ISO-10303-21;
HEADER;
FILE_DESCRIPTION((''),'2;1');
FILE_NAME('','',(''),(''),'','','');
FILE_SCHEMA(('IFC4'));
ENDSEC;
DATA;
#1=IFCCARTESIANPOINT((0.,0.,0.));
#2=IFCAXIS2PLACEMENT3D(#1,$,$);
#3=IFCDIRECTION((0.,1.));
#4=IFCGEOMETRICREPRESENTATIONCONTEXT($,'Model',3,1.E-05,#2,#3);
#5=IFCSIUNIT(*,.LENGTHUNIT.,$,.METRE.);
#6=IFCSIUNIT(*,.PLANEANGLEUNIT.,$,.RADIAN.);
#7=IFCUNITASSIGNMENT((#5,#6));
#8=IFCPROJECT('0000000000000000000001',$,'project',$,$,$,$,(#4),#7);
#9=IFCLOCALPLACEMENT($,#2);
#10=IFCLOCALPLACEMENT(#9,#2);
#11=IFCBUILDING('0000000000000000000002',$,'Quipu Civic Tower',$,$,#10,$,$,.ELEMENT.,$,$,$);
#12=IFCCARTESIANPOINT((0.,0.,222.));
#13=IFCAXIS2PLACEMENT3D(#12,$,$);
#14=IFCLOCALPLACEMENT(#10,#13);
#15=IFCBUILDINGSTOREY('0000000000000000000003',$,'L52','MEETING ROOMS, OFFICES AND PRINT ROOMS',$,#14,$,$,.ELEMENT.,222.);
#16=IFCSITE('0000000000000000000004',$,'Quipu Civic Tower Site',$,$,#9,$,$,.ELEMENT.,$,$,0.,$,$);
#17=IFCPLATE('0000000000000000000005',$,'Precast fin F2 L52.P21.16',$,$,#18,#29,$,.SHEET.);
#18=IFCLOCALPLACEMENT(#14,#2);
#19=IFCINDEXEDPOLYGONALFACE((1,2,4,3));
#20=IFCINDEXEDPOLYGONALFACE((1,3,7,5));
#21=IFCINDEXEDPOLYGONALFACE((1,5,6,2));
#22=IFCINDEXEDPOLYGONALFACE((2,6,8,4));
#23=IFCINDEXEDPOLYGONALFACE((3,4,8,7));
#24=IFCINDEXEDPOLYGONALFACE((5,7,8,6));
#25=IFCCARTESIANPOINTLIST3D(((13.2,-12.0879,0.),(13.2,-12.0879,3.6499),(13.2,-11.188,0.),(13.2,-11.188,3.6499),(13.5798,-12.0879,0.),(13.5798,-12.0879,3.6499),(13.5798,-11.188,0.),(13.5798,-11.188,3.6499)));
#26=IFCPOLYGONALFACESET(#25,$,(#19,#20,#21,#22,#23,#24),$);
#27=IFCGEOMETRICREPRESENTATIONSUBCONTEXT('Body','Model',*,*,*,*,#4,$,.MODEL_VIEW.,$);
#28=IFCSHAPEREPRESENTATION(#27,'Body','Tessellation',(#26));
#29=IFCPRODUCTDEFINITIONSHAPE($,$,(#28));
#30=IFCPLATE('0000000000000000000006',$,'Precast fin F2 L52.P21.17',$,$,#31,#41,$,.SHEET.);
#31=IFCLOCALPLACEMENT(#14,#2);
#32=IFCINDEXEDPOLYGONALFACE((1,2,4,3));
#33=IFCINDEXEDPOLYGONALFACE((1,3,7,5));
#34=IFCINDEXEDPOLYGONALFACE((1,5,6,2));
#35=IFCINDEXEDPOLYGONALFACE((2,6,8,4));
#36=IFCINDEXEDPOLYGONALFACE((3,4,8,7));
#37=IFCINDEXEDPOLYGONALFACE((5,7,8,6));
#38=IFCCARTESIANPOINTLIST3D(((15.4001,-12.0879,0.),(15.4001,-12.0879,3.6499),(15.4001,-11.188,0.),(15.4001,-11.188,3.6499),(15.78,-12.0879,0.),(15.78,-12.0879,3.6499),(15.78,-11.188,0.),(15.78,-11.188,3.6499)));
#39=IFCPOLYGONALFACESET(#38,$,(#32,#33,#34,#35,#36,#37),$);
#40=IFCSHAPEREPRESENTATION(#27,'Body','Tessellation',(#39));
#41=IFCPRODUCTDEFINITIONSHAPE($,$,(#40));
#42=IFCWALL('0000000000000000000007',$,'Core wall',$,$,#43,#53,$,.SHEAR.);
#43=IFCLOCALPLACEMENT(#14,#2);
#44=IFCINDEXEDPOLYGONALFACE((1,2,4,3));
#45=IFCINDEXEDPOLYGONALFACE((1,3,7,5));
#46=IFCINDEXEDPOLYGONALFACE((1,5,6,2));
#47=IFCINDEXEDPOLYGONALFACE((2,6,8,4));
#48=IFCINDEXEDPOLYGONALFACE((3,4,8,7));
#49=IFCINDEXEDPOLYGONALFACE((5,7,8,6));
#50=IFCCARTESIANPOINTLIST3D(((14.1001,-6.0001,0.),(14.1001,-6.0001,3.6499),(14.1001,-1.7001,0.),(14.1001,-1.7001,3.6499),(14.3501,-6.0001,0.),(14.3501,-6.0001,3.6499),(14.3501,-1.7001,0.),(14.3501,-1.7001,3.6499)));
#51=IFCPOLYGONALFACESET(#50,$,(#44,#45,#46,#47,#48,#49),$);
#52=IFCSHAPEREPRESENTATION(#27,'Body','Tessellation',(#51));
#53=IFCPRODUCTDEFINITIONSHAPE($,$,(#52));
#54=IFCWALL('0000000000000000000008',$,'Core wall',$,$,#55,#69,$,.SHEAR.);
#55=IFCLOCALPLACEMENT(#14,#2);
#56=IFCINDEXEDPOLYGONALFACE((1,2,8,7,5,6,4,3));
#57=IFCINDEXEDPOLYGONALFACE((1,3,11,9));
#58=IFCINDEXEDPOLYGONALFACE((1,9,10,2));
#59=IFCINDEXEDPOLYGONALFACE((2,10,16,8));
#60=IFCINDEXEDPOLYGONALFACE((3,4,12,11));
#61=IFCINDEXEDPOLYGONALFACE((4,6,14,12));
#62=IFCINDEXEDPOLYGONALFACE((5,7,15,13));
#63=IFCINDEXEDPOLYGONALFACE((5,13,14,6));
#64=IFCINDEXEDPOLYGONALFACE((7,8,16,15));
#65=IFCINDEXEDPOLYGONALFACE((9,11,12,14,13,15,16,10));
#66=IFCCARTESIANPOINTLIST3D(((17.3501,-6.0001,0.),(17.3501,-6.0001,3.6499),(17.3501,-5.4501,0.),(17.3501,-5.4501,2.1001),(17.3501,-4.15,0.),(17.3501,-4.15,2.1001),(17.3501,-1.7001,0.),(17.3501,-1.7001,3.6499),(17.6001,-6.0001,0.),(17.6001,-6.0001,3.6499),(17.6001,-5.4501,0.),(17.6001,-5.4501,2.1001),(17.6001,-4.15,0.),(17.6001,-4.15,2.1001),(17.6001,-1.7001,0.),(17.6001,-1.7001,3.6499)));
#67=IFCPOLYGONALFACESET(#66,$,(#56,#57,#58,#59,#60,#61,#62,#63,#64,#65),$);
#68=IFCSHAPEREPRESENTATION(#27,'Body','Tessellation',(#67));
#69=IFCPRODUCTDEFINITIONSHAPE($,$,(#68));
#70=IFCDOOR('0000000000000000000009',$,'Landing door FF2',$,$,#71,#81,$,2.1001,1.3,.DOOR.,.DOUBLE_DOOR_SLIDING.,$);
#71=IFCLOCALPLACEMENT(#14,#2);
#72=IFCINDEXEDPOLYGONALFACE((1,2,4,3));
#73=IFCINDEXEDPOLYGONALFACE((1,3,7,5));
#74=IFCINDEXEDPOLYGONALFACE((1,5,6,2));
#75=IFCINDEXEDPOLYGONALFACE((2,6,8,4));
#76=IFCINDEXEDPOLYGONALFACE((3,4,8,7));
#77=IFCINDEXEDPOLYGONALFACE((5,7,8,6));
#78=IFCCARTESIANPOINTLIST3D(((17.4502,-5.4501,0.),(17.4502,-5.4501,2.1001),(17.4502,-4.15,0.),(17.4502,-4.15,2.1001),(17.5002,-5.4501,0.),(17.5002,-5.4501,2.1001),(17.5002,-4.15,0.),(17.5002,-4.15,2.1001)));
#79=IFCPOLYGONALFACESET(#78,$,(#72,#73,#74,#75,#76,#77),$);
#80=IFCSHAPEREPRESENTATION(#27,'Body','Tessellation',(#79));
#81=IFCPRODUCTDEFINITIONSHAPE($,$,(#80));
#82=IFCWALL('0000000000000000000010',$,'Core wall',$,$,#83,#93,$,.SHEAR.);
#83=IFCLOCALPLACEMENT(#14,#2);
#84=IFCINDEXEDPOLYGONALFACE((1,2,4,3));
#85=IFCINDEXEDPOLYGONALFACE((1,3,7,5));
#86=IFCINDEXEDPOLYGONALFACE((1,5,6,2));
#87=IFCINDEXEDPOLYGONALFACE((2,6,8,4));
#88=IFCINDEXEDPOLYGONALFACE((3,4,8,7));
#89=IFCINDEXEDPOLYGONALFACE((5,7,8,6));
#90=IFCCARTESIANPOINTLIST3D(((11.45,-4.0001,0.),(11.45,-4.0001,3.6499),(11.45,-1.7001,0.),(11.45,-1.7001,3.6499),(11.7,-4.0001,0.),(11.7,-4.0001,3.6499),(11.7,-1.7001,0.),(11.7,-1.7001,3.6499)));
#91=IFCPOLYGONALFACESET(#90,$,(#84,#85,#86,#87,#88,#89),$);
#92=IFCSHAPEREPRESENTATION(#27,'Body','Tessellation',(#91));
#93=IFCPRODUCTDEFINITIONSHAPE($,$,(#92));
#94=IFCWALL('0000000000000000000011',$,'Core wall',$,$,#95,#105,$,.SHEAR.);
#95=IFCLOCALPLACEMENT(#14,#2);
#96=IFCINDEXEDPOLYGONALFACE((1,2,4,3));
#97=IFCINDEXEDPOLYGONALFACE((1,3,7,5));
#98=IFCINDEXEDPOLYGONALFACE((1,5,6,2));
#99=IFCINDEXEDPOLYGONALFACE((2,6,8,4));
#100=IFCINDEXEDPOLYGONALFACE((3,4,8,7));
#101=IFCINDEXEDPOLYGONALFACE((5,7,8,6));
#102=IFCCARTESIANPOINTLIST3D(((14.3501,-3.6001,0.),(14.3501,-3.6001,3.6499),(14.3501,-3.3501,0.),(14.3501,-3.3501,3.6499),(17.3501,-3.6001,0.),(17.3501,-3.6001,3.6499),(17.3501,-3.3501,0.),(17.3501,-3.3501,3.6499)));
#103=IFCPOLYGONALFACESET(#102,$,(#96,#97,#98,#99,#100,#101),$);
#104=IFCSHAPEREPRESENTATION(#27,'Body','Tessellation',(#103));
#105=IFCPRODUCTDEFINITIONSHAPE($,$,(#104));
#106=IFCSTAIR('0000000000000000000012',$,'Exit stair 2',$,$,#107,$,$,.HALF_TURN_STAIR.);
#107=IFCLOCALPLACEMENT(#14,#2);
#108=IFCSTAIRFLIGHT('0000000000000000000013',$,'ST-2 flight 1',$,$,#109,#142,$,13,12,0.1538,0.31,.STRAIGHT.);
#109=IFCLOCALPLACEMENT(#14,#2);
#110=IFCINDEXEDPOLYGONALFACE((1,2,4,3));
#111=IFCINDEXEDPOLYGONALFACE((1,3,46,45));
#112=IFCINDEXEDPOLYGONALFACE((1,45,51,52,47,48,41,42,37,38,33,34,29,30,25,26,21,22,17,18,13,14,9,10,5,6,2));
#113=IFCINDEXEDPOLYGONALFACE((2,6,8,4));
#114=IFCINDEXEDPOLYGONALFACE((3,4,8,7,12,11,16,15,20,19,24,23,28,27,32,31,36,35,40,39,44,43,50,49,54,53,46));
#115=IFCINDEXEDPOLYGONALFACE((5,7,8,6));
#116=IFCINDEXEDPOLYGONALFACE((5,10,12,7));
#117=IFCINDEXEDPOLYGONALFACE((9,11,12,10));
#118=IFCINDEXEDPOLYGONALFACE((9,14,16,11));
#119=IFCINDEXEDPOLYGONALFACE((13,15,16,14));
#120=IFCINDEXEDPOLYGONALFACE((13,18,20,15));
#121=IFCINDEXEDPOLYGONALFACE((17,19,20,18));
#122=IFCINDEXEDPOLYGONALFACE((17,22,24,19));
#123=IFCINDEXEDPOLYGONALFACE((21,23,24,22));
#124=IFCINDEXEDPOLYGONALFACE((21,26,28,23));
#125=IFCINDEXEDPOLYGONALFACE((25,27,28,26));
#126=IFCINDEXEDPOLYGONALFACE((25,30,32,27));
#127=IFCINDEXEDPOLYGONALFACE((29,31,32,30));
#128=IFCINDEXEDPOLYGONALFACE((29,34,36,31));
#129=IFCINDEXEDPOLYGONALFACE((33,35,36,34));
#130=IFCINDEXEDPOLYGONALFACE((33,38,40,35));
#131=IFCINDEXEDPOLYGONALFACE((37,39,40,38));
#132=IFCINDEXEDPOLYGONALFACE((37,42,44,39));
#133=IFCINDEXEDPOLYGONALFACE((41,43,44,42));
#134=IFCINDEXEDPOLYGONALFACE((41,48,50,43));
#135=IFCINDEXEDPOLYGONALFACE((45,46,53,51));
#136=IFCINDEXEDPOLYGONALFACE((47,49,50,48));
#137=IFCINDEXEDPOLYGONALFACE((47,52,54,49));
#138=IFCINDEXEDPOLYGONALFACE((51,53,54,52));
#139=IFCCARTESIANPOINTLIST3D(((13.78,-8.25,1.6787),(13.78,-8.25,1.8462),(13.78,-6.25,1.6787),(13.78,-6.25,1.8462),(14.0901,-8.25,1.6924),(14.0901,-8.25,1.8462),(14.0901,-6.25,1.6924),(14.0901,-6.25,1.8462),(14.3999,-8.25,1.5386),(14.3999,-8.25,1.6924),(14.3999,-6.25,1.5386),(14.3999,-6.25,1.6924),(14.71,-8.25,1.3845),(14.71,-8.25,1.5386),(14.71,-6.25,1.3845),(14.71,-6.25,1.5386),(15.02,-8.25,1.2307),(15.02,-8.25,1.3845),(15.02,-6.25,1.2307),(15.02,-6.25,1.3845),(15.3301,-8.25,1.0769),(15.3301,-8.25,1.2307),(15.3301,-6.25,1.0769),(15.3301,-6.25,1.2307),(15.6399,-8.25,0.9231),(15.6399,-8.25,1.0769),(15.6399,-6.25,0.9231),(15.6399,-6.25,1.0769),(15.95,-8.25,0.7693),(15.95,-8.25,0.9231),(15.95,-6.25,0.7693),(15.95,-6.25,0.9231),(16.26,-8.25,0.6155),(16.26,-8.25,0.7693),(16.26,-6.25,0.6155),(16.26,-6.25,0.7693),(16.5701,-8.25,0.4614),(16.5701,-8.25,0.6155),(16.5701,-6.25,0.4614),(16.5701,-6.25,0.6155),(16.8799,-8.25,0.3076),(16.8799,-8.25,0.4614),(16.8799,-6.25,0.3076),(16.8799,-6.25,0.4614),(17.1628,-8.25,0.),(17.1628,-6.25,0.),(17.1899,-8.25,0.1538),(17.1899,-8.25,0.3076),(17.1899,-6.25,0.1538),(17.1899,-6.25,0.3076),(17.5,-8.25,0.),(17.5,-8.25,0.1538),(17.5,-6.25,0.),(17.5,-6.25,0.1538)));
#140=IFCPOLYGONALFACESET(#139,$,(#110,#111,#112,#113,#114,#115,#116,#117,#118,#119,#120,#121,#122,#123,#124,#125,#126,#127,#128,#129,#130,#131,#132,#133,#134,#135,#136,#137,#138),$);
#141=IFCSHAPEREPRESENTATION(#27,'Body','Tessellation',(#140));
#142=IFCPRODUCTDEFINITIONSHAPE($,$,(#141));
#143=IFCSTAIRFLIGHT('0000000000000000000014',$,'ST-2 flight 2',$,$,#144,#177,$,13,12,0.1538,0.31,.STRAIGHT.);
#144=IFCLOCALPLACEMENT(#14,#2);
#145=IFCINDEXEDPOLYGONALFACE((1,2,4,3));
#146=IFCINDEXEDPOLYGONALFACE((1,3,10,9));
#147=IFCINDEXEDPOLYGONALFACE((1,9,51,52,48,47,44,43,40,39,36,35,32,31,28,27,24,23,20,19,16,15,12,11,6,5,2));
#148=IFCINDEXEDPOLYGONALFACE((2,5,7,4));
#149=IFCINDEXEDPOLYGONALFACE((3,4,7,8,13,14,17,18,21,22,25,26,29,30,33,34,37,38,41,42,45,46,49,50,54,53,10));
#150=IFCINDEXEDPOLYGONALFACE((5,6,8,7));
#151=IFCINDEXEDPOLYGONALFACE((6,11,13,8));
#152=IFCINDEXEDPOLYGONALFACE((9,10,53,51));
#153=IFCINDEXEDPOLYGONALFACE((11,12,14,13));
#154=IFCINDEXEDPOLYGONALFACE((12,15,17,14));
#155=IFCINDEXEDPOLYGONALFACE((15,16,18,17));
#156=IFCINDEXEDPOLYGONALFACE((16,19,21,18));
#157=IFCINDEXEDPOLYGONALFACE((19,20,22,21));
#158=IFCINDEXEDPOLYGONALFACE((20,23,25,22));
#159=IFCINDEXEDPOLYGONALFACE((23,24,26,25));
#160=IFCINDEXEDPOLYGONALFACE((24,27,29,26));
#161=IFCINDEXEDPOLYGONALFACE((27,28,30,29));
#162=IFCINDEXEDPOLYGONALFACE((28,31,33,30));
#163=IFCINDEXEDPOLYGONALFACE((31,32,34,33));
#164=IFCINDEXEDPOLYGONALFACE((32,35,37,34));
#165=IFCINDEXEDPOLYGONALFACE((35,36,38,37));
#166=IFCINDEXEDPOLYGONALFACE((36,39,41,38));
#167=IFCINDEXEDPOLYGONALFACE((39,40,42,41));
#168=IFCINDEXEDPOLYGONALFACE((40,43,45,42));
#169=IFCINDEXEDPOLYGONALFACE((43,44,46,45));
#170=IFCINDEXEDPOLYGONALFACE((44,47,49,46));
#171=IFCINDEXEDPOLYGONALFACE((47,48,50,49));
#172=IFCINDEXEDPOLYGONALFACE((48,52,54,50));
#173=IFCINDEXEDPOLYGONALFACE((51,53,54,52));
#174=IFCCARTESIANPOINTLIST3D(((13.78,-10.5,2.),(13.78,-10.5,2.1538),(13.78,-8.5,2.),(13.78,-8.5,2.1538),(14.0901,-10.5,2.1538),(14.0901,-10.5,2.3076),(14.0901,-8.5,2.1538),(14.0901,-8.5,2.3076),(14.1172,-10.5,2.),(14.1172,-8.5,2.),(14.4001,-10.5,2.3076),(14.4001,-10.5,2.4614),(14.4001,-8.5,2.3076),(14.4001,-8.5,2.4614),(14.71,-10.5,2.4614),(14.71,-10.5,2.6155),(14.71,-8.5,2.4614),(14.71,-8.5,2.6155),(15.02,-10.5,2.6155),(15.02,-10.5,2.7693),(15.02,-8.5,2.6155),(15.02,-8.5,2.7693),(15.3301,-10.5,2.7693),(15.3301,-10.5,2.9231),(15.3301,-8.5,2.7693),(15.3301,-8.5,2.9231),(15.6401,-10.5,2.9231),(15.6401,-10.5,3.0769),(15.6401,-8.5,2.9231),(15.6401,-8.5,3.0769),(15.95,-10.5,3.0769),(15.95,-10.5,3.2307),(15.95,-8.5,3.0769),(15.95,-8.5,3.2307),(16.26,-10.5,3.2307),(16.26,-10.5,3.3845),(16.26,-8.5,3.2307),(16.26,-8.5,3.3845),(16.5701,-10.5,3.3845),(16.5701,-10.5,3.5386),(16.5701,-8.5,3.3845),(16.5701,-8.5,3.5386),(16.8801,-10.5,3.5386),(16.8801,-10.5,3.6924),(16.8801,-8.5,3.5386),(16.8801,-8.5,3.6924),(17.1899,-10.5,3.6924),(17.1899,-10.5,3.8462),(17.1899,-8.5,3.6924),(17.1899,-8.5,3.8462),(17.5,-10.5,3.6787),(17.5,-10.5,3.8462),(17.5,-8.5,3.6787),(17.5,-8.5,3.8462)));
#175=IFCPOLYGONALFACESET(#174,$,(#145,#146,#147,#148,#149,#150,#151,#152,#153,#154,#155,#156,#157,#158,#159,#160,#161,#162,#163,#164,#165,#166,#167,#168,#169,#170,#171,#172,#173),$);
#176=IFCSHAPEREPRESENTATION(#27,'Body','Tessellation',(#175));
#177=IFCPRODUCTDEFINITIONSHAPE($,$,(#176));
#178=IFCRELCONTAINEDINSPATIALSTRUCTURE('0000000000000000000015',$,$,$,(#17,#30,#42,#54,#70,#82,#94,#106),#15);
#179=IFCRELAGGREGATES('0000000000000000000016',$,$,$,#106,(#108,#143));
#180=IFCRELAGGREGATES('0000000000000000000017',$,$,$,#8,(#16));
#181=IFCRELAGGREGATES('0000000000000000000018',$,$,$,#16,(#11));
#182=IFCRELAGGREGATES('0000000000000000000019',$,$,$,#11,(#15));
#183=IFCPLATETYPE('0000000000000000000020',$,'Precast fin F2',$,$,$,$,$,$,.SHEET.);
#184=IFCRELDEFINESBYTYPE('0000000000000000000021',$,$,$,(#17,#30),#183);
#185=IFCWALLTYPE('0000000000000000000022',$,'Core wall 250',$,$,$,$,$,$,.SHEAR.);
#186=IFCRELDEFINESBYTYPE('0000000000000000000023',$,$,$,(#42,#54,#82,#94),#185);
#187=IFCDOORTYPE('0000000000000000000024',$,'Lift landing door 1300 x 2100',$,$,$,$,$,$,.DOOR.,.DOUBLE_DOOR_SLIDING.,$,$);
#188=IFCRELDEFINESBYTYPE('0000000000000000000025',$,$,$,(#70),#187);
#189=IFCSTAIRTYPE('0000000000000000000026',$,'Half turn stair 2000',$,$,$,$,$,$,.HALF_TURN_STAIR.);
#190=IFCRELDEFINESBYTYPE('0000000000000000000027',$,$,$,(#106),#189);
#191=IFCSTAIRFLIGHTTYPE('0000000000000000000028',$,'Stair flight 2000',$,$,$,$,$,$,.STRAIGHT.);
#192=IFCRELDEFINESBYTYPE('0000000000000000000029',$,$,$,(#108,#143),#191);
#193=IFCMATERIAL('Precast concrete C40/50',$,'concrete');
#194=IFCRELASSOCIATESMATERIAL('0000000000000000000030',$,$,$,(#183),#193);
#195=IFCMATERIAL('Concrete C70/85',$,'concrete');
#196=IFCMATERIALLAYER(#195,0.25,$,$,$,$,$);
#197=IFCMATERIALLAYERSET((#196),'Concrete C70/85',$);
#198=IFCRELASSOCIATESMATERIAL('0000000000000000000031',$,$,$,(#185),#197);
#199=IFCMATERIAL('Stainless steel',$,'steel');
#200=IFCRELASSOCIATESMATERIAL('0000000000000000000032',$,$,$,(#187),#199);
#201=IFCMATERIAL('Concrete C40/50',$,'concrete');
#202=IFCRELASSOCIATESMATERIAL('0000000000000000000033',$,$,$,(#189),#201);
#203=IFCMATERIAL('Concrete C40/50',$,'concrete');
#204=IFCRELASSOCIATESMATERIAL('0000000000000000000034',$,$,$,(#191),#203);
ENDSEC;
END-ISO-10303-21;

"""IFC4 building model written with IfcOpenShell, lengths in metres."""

from ifc_helpers import new_model, si_unit, direction, frame, frame_2d, origin, origin_2d, place, context, subcontext, project, spatial, polyline, rectangle, outline, extrude, material, layer, layer_set, type_object, element, fill, aggregate, save


model = new_model("IFC4")

# Units and contexts
model_context = context("Model", 3, precision=1e-05, world=origin(), true_north=direction((0.0, 1.0)))
body_context = subcontext(model_context, "Body", "Model", "MODEL_VIEW")
ifc_project = project(units=[si_unit("LENGTHUNIT", "METRE"), si_unit("PLANEANGLEUNIT", "RADIAN")], contexts=[model_context])

# Site, building, storey
site_placement = place(None, origin())
site = spatial("IfcSite", under=ifc_project, at=site_placement, Name="Quipu Civic Tower Site", CompositionType="ELEMENT", RefElevation=0.0)
building_placement = place(site_placement, origin())
building = spatial("IfcBuilding", under=site, at=building_placement, Name="Quipu Civic Tower", CompositionType="ELEMENT")
storey_placement = place(building_placement, frame((0.0, 0.0, 222.0)))
storey = spatial("IfcBuildingStorey", under=building, at=storey_placement, Name="L52", Description="MEETING ROOMS, OFFICES AND PRINT ROOMS", CompositionType="ELEMENT", Elevation=222.0)

# Plates
ifc_material_1 = material(Name="Precast concrete C40/50", Category="concrete")
plate_type = type_object("IfcPlateType", Name="Precast fin F2", PredefinedType="SHEET", material=ifc_material_1)
for number, where, z_axis, x_axis, name in (
    (1, (13.3899, -11.6379, 0.0), (0.0, 0.0, 1.0), (1.0, 0.0, 0.0), "Precast fin F2 L52.P21.16"),
    (2, (15.5901, -11.6379, 0.0), (0.0, 0.0, 1.0), (1.0, 0.0, 0.0), "Precast fin F2 L52.P21.17"),
):
    element("IfcPlate", number, at=place(storey_placement, frame(where, z_axis=z_axis, x_axis=x_axis)), inside=storey, type_object=plate_type, Name=name, PredefinedType="SHEET", context=body_context, shape_type="SweptSolid", body=[
        extrude(rectangle(XDim=0.3799, YDim=0.8999, at=origin_2d()), origin(), (0.0, 0.0, 1.0), 3.6499),
    ])

# Shared definitions
ifc_material_2 = material(Name="Concrete C70/85", Category="concrete")
ifc_layer = layer(ifc_material_2, 0.25)
ifc_layer_set = layer_set([ifc_layer], Name="Concrete C70/85")
wall_type = type_object("IfcWallType", Name="Core wall 250", PredefinedType="SHEAR", material=ifc_layer_set)

# Wall
wall_1_placement = place(storey_placement, frame((14.2251, -6.0, 0.0), z_axis=(0.0, 0.0, 1.0), x_axis=(0.0, 1.0, 0.0)))
element("IfcWall", 3, at=wall_1_placement, inside=storey, type_object=wall_type, Name="Core wall", PredefinedType="SHEAR", context=body_context, shape_type="SweptSolid", body=[
    extrude(rectangle(XDim=4.3, YDim=0.25, at=frame_2d((2.1499, 0.0))), origin(), (0.0, 0.0, 1.0), 3.6499),
])

# Wall, opening, door
wall_2_placement = place(storey_placement, frame((17.4751, -6.0, 0.0), z_axis=(0.0, 0.0, 1.0), x_axis=(0.0, 1.0, 0.0)))
wall_2 = element("IfcWall", 4, at=wall_2_placement, inside=storey, type_object=wall_type, Name="Core wall", PredefinedType="SHEAR", context=body_context, shape_type="SweptSolid", body=[
    extrude(rectangle(XDim=4.3, YDim=0.25, at=frame_2d((2.1499, 0.0))), origin(), (0.0, 0.0, 1.0), 3.6499),
])
opening_1_placement = place(wall_2_placement, frame((0.55, 0.0, 0.0)))
opening_1 = element("IfcOpeningElement", 5, at=opening_1_placement, cuts=wall_2, PredefinedType="OPENING", context=body_context, shape_type="SweptSolid", body=[
    extrude(rectangle(XDim=1.3, YDim=2.1001, at=frame_2d((0.6499, 1.05))), frame((0.0, 0.135, 0.0), z_axis=(0.0, -1.0, 0.0), x_axis=(1.0, 0.0, 0.0)), (0.0, 0.0, 1.0), 0.27),
])
ifc_material_3 = material(Name="Stainless steel", Category="steel")
door_type_1 = type_object("IfcDoorType", Name="Lift landing door 1300 x 2100", OperationType="DOUBLE_DOOR_SLIDING", PredefinedType="DOOR", material=ifc_material_3)
door_1_placement = place(opening_1_placement, origin())
door_1 = element("IfcDoor", 6, at=door_1_placement, inside=storey, type_object=door_type_1, Name="Landing door FF2", OperationType="DOUBLE_DOOR_SLIDING", OverallHeight=2.1001, OverallWidth=1.3, PredefinedType="DOOR", context=body_context, shape_type="SweptSolid", body=[
    extrude(rectangle(XDim=1.3, YDim=2.1001, at=frame_2d((0.6499, 1.05))), frame((0.0, 0.0249, 0.0), z_axis=(0.0, -1.0, 0.0), x_axis=(1.0, 0.0, 0.0)), (0.0, 0.0, 1.0), 0.05),
])
fill(opening_1, door_1)

# Walls
wall_3_placement = place(storey_placement, frame((11.575, -4.0, 0.0), z_axis=(0.0, 0.0, 1.0), x_axis=(0.0, 1.0, 0.0)))
element("IfcWall", 7, at=wall_3_placement, inside=storey, type_object=wall_type, Name="Core wall", PredefinedType="SHEAR", context=body_context, shape_type="SweptSolid", body=[
    extrude(rectangle(XDim=2.3, YDim=0.25, at=frame_2d((1.1499, 0.0))), origin(), (0.0, 0.0, 1.0), 3.6499),
])
wall_4_placement = place(storey_placement, frame((14.3501, -3.4751, 0.0), z_axis=(0.0, 0.0, 1.0), x_axis=(1.0, 0.0, 0.0)))
element("IfcWall", 8, at=wall_4_placement, inside=storey, type_object=wall_type, Name="Core wall", PredefinedType="SHEAR", context=body_context, shape_type="SweptSolid", body=[
    extrude(rectangle(XDim=3.0, YDim=0.25, at=frame_2d((1.5, 0.0))), origin(), (0.0, 0.0, 1.0), 3.6499),
])

# Stair, stair flights
ifc_material_4 = material(Name="Concrete C40/50", Category="concrete")
stair_type = type_object("IfcStairType", Name="Half turn stair 2000", PredefinedType="HALF_TURN_STAIR", material=ifc_material_4)
stair_placement = place(storey_placement, origin())
stair = element("IfcStair", 9, at=stair_placement, inside=storey, type_object=stair_type, Name="Exit stair 2", PredefinedType="HALF_TURN_STAIR")
ifc_material_5 = material(Name="Concrete C40/50", Category="concrete")
stair_flight_type = type_object("IfcStairFlightType", Name="Stair flight 2000", PredefinedType="STRAIGHT", material=ifc_material_5)
stair_flight_1_placement = place(storey_placement, frame((17.5, -7.25, 0.0), z_axis=(0.0, 0.0, 1.0), x_axis=(-1.0, 0.0, 0.0)))
stair_flight_1 = element("IfcStairFlight", 10, at=stair_flight_1_placement, type_object=stair_flight_type, Name="ST-2 flight 1", NumberOfRisers=13, NumberOfTreads=12, PredefinedType="STRAIGHT", RiserHeight=0.1538, TreadLength=0.31, context=body_context, shape_type="SweptSolid", body=[
    extrude(outline(polyline([(0.0, 0.0), (0.0, 0.1538), (0.3101, 0.1538), (0.3101, 0.3076), (0.6201, 0.3076), (0.6201, 0.4614), (0.9299, 0.4614), (0.9299, 0.6155), (1.24, 0.6155), (1.24, 0.7693), (1.55, 0.7693), (1.55, 0.9231), (1.8601, 0.9231), (1.8601, 1.0769), (2.1699, 1.0769), (2.1699, 1.2307), (2.48, 1.2307), (2.48, 1.3845), (2.79, 1.3845), (2.79, 1.5386), (3.1001, 1.5386), (3.1001, 1.6924), (3.4099, 1.6924), (3.4099, 1.8462), (3.72, 1.8462), (3.72, 2.0), (3.72, 1.6787), (0.3372, 0.0), (0.0, 0.0)])), frame((0.0, 1.0, 0.0), z_axis=(0.0, -1.0, 0.0), x_axis=(1.0, 0.0, 0.0)), (0.0, 0.0, 1.0), 2.0),
])
stair_flight_2_placement = place(storey_placement, frame((13.78, -9.5, 2.0), z_axis=(0.0, 0.0, 1.0), x_axis=(1.0, 0.0, 0.0)))
stair_flight_2 = element("IfcStairFlight", 11, at=stair_flight_2_placement, type_object=stair_flight_type, Name="ST-2 flight 2", NumberOfRisers=13, NumberOfTreads=12, PredefinedType="STRAIGHT", RiserHeight=0.1538, TreadLength=0.31, context=body_context, shape_type="SweptSolid", body=[
    extrude(outline(polyline([(0.0, 0.0), (0.0, 0.1538), (0.3101, 0.1538), (0.3101, 0.3076), (0.6201, 0.3076), (0.6201, 0.4614), (0.9299, 0.4614), (0.9299, 0.6155), (1.24, 0.6155), (1.24, 0.7693), (1.55, 0.7693), (1.55, 0.9231), (1.8601, 0.9231), (1.8601, 1.0769), (2.1699, 1.0769), (2.1699, 1.2307), (2.48, 1.2307), (2.48, 1.3845), (2.79, 1.3845), (2.79, 1.5386), (3.1001, 1.5386), (3.1001, 1.6924), (3.4099, 1.6924), (3.4099, 1.8462), (3.72, 1.8462), (3.72, 2.0), (3.72, 1.6787), (0.3372, 0.0), (0.0, 0.0)])), frame((0.0, 1.0, 0.0), z_axis=(0.0, -1.0, 0.0), x_axis=(1.0, 0.0, 0.0)), (0.0, 0.0, 1.0), 2.0),
])
aggregate(stair, [stair_flight_1, stair_flight_2])

save(model, "model.ifc")
